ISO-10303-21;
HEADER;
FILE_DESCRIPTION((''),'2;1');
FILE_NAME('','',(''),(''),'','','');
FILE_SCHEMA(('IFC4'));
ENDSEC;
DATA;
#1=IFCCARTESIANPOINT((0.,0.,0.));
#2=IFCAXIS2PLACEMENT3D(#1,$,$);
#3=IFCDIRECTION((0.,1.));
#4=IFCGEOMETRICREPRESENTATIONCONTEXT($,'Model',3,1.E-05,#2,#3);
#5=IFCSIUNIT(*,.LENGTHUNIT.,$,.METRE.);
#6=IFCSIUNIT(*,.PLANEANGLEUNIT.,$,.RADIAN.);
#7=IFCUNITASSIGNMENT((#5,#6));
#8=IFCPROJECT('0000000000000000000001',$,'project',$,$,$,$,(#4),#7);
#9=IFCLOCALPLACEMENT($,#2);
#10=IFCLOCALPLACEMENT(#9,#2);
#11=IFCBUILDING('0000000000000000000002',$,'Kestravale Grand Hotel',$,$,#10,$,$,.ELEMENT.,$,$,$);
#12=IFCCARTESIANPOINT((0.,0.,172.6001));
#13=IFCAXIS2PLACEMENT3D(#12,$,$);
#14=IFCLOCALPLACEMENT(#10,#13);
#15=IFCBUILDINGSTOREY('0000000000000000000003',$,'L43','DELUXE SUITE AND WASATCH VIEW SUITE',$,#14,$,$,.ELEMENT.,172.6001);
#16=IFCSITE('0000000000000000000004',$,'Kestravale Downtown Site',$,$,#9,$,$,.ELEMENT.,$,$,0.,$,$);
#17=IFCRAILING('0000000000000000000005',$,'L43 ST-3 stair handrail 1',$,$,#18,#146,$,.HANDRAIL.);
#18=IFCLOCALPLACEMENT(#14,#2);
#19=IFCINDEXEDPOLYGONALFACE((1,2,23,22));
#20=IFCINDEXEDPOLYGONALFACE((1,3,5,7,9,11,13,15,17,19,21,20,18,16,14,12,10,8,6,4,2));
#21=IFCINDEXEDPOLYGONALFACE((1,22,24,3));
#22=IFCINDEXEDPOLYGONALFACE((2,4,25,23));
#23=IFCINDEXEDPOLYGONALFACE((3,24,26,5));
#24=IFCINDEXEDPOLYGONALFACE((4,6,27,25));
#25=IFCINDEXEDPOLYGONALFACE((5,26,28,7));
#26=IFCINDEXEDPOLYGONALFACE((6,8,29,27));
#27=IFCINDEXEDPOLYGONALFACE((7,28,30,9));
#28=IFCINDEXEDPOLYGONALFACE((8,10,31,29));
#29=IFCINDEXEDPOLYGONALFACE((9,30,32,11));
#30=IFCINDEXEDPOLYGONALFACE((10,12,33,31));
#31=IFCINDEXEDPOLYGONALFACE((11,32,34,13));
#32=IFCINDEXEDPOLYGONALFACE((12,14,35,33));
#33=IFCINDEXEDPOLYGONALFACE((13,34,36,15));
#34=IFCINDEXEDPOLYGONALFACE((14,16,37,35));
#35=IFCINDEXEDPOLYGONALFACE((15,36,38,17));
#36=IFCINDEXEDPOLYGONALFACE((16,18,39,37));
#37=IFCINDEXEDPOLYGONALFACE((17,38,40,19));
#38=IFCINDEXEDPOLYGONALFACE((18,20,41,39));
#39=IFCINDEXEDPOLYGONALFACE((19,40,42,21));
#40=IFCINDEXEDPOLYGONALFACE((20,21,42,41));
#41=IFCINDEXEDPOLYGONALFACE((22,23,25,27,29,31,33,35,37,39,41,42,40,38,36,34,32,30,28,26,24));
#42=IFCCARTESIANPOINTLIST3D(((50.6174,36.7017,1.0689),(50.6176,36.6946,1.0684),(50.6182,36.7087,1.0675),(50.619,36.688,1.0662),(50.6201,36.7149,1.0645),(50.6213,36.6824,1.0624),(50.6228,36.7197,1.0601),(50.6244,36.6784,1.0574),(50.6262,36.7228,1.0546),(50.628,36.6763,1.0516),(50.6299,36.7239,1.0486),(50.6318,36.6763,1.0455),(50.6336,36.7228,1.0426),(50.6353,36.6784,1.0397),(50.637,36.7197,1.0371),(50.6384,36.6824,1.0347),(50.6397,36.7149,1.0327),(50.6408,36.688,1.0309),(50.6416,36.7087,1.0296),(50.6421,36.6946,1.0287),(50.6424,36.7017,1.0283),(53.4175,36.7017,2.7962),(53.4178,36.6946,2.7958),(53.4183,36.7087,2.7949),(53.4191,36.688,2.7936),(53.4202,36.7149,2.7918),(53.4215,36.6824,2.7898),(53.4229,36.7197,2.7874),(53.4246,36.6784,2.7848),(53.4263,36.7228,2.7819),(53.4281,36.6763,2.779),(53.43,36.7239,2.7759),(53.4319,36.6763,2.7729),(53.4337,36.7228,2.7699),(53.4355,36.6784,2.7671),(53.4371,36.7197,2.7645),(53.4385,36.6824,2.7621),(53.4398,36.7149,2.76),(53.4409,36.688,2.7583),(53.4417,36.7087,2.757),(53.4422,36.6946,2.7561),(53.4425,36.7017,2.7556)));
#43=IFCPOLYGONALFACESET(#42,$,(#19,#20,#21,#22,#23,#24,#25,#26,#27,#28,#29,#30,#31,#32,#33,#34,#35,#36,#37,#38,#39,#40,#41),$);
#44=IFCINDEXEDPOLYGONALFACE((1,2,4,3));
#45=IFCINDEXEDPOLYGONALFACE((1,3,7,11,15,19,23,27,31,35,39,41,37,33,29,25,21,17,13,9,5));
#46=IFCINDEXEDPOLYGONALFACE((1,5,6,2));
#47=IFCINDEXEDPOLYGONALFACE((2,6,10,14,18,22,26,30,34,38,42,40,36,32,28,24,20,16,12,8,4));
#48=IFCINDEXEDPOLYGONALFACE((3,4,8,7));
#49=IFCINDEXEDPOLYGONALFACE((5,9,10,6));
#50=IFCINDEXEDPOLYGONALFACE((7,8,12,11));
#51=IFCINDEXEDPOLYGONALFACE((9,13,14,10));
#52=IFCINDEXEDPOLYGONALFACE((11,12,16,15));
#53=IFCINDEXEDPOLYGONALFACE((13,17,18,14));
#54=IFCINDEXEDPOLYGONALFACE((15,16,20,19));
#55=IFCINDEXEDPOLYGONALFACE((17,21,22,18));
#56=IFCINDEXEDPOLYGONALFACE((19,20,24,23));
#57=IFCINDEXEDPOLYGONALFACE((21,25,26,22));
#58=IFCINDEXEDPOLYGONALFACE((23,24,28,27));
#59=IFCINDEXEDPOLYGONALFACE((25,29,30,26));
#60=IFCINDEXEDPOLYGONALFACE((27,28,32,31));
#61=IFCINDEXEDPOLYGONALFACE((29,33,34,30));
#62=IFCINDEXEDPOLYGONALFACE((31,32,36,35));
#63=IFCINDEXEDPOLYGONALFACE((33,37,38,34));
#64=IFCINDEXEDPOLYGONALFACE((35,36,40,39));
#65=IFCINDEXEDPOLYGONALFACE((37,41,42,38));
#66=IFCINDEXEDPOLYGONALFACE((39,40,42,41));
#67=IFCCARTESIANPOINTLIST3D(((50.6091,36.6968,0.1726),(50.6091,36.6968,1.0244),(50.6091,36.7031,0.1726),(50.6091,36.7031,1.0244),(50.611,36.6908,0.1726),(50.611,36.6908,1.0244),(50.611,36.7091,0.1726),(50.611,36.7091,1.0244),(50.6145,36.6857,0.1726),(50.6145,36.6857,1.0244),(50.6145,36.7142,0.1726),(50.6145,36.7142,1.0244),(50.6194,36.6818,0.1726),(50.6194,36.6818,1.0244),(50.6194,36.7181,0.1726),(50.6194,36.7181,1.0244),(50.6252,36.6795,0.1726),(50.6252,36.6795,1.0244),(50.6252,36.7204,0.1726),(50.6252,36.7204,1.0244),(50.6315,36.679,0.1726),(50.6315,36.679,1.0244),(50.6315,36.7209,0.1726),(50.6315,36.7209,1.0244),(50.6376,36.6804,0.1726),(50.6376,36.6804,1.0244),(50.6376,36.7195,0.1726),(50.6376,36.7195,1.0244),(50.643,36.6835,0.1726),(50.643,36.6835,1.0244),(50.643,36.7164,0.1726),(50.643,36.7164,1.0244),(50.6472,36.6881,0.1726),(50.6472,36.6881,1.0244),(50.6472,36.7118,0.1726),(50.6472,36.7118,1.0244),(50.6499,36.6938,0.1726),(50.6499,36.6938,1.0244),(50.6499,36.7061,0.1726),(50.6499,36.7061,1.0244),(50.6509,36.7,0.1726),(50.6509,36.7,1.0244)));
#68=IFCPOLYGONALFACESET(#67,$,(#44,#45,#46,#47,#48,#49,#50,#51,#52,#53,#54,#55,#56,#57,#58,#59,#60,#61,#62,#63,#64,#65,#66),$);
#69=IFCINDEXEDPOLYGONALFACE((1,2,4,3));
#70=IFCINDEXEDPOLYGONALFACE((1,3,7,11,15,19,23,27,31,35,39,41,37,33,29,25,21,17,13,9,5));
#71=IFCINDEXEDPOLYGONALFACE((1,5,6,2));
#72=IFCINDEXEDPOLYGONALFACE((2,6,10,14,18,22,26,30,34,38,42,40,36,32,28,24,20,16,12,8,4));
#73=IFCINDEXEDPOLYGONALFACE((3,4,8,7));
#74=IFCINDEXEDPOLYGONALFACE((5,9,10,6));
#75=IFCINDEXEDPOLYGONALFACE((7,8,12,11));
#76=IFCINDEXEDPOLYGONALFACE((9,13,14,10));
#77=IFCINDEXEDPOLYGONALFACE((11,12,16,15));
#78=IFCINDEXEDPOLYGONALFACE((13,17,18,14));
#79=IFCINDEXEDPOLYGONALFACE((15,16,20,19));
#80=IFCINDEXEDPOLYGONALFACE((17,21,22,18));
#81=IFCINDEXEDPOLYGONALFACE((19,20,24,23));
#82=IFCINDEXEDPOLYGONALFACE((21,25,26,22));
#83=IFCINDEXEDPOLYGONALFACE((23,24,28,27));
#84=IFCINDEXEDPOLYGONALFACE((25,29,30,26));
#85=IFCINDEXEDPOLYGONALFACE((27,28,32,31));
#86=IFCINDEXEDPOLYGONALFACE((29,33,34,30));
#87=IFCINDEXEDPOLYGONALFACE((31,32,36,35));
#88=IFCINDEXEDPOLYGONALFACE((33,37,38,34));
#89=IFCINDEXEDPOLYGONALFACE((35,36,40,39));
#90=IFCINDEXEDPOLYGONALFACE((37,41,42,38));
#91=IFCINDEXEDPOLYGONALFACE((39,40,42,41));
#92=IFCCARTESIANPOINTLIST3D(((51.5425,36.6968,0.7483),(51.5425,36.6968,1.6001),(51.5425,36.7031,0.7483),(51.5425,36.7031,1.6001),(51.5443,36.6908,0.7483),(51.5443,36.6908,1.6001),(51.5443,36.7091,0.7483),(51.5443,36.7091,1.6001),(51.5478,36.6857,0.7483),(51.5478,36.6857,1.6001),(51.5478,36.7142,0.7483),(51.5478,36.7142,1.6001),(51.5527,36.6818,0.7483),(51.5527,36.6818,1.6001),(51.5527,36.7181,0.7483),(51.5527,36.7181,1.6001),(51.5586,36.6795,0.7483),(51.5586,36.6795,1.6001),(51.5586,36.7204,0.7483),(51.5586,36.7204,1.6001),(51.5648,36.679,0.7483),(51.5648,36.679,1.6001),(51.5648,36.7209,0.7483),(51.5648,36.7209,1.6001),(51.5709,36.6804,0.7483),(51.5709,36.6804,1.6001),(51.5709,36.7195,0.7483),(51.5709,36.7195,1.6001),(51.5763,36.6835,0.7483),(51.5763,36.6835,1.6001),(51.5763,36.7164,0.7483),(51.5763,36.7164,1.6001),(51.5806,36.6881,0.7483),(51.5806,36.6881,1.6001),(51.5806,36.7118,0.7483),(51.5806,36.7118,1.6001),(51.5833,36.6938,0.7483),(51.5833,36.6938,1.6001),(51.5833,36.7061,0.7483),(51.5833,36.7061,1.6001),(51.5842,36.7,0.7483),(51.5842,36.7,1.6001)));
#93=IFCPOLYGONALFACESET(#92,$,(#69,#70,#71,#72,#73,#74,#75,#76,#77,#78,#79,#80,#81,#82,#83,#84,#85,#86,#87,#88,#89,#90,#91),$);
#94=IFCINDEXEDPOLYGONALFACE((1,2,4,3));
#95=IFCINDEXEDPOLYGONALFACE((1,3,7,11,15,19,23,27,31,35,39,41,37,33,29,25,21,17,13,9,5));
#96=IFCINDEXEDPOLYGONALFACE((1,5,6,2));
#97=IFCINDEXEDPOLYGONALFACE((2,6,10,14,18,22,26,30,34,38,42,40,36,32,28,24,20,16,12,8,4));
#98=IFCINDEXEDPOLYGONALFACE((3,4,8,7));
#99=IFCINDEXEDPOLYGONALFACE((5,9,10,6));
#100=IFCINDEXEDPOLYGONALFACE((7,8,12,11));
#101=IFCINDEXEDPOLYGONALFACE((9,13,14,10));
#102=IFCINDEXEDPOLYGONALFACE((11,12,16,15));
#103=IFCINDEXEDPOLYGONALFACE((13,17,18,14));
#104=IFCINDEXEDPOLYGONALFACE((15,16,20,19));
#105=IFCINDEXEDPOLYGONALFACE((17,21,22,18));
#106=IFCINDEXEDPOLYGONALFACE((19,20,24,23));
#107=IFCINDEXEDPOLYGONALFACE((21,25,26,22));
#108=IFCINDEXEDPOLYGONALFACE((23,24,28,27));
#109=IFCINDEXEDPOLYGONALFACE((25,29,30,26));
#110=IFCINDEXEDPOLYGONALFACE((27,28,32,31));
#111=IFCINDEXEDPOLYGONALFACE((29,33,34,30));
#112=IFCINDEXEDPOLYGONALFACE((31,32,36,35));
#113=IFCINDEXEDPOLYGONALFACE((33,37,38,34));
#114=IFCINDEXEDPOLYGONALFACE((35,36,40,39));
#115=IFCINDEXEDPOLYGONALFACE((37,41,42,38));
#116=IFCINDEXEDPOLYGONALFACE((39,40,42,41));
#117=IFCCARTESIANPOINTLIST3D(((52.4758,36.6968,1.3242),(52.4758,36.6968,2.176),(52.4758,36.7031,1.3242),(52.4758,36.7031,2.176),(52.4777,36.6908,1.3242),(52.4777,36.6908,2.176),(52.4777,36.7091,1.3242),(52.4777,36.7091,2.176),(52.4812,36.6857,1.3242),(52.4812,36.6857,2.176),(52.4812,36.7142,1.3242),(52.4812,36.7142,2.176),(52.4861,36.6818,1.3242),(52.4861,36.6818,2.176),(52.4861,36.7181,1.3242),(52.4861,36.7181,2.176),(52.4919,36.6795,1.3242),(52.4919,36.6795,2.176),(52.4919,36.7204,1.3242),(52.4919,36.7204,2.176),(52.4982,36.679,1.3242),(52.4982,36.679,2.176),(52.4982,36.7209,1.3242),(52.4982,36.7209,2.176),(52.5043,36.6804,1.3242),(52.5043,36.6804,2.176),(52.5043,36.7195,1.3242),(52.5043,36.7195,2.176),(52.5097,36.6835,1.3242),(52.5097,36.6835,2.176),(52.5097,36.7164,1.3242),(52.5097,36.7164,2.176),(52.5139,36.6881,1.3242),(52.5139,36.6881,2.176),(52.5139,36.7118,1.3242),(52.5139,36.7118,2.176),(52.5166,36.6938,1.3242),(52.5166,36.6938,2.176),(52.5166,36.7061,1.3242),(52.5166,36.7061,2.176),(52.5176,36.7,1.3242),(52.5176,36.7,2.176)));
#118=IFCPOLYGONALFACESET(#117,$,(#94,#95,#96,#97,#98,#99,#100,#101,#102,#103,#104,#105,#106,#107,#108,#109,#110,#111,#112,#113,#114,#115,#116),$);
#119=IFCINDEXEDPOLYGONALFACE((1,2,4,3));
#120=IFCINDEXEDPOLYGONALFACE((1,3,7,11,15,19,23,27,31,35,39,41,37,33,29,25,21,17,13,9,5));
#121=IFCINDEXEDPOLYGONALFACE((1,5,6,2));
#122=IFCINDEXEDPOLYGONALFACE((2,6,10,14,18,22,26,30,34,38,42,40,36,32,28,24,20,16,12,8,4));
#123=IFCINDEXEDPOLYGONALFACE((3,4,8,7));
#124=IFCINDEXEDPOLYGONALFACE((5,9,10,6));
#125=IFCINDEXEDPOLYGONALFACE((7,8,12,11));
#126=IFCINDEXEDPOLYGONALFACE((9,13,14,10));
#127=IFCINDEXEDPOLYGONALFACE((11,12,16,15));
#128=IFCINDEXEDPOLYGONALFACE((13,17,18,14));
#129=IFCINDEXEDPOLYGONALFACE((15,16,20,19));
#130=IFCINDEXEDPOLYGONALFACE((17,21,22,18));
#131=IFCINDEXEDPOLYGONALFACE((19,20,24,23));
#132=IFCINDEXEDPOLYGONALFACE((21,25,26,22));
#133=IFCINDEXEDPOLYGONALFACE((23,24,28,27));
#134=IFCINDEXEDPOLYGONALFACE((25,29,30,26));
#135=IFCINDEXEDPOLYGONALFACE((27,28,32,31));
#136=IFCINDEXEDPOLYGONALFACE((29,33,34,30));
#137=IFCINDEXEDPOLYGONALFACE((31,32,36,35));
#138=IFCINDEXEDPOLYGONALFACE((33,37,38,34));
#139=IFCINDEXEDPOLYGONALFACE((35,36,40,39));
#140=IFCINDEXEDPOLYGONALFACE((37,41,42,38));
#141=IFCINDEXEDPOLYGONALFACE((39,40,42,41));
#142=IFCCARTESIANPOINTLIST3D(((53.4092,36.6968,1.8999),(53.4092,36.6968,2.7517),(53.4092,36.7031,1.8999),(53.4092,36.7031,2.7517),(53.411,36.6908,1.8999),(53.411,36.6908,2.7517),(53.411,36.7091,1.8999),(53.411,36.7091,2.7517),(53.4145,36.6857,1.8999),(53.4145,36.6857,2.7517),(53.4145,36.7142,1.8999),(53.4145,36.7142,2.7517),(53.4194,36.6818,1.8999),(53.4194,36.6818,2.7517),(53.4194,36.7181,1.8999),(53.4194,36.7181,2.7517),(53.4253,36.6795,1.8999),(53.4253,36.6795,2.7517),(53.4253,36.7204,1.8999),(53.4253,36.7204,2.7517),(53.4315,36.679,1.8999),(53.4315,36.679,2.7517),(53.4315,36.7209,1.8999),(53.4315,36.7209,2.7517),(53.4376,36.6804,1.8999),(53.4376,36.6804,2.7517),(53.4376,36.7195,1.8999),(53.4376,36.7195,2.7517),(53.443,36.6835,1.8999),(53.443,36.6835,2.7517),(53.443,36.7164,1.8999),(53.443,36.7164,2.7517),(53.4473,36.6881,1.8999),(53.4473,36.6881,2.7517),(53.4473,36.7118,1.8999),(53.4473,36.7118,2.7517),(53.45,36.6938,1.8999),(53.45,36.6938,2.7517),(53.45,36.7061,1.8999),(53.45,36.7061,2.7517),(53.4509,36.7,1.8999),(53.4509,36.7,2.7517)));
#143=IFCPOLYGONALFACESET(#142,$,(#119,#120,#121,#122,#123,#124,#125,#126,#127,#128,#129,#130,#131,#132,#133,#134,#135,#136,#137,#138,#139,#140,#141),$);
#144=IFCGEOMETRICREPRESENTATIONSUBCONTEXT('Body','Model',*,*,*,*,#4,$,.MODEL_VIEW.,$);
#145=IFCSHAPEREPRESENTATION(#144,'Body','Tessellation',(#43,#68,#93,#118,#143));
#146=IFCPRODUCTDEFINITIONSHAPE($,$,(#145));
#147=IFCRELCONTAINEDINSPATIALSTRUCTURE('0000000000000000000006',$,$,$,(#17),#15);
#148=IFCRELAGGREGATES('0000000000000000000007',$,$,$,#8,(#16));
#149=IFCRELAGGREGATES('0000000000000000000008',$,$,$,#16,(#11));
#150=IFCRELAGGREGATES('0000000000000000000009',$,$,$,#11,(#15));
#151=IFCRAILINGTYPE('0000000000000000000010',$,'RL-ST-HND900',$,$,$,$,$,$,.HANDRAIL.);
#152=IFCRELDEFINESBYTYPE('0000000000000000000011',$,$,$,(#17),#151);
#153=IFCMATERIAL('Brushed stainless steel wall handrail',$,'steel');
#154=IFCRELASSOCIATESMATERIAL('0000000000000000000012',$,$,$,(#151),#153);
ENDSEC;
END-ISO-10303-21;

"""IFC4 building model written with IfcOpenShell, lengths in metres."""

from ifc_helpers import new_model, si_unit, direction, frame, origin, origin_2d, place, context, subcontext, project, spatial, circle, extrude, material, type_object, element, save


model = new_model("IFC4")

# Units and contexts
model_context = context("Model", 3, precision=1e-05, world=origin(), true_north=direction((0.0, 1.0)))
body_context = subcontext(model_context, "Body", "Model", "MODEL_VIEW")
ifc_project = project(units=[si_unit("LENGTHUNIT", "METRE"), si_unit("PLANEANGLEUNIT", "RADIAN")], contexts=[model_context])

# Site, building, storey
site_placement = place(None, origin())
site = spatial("IfcSite", under=ifc_project, at=site_placement, Name="Kestravale Downtown Site", CompositionType="ELEMENT", RefElevation=0.0)
building_placement = place(site_placement, origin())
building = spatial("IfcBuilding", under=site, at=building_placement, Name="Kestravale Grand Hotel", CompositionType="ELEMENT")
storey_placement = place(building_placement, frame((0.0, 0.0, 172.6001)))
storey = spatial("IfcBuildingStorey", under=building, at=storey_placement, Name="L43", Description="DELUXE SUITE AND WASATCH VIEW SUITE", CompositionType="ELEMENT", Elevation=172.6001)

# Railing
ifc_material_1 = material(Name="Brushed stainless steel wall handrail", Category="steel")
railing_type_1 = type_object("IfcRailingType", Name="RL-ST-HND900", PredefinedType="HANDRAIL", material=ifc_material_1)
railing_1_placement = place(storey_placement, frame((50.6299, 36.7, 0.1726)))
element("IfcRailing", 1, at=railing_1_placement, inside=storey, type_object=railing_type_1, Name="L43 ST-3 stair handrail 1", PredefinedType="HANDRAIL", context=body_context, shape_type="SweptSolid", body=[
    extrude(circle(Radius=0.0239, at=origin_2d()), frame((0.0, 0.0, 0.876), z_axis=(0.85109, 0.0, 0.52502), x_axis=(0.0, 1.0, 0.0)), (0.0, 0.0, 1.0), 3.29),
    extrude(circle(Radius=0.021, at=origin_2d()), origin(), (0.0, 0.0, 1.0), 0.8518),
    extrude(circle(Radius=0.021, at=origin_2d()), frame((0.9333, 0.0, 0.5757)), (0.0, 0.0, 1.0), 0.8518),
    extrude(circle(Radius=0.021, at=origin_2d()), frame((1.8667, 0.0, 1.1516)), (0.0, 0.0, 1.0), 0.8518),
    extrude(circle(Radius=0.021, at=origin_2d()), frame((2.8, 0.0, 1.7273)), (0.0, 0.0, 1.0), 0.8518),
])

save(model, "model.ifc")
